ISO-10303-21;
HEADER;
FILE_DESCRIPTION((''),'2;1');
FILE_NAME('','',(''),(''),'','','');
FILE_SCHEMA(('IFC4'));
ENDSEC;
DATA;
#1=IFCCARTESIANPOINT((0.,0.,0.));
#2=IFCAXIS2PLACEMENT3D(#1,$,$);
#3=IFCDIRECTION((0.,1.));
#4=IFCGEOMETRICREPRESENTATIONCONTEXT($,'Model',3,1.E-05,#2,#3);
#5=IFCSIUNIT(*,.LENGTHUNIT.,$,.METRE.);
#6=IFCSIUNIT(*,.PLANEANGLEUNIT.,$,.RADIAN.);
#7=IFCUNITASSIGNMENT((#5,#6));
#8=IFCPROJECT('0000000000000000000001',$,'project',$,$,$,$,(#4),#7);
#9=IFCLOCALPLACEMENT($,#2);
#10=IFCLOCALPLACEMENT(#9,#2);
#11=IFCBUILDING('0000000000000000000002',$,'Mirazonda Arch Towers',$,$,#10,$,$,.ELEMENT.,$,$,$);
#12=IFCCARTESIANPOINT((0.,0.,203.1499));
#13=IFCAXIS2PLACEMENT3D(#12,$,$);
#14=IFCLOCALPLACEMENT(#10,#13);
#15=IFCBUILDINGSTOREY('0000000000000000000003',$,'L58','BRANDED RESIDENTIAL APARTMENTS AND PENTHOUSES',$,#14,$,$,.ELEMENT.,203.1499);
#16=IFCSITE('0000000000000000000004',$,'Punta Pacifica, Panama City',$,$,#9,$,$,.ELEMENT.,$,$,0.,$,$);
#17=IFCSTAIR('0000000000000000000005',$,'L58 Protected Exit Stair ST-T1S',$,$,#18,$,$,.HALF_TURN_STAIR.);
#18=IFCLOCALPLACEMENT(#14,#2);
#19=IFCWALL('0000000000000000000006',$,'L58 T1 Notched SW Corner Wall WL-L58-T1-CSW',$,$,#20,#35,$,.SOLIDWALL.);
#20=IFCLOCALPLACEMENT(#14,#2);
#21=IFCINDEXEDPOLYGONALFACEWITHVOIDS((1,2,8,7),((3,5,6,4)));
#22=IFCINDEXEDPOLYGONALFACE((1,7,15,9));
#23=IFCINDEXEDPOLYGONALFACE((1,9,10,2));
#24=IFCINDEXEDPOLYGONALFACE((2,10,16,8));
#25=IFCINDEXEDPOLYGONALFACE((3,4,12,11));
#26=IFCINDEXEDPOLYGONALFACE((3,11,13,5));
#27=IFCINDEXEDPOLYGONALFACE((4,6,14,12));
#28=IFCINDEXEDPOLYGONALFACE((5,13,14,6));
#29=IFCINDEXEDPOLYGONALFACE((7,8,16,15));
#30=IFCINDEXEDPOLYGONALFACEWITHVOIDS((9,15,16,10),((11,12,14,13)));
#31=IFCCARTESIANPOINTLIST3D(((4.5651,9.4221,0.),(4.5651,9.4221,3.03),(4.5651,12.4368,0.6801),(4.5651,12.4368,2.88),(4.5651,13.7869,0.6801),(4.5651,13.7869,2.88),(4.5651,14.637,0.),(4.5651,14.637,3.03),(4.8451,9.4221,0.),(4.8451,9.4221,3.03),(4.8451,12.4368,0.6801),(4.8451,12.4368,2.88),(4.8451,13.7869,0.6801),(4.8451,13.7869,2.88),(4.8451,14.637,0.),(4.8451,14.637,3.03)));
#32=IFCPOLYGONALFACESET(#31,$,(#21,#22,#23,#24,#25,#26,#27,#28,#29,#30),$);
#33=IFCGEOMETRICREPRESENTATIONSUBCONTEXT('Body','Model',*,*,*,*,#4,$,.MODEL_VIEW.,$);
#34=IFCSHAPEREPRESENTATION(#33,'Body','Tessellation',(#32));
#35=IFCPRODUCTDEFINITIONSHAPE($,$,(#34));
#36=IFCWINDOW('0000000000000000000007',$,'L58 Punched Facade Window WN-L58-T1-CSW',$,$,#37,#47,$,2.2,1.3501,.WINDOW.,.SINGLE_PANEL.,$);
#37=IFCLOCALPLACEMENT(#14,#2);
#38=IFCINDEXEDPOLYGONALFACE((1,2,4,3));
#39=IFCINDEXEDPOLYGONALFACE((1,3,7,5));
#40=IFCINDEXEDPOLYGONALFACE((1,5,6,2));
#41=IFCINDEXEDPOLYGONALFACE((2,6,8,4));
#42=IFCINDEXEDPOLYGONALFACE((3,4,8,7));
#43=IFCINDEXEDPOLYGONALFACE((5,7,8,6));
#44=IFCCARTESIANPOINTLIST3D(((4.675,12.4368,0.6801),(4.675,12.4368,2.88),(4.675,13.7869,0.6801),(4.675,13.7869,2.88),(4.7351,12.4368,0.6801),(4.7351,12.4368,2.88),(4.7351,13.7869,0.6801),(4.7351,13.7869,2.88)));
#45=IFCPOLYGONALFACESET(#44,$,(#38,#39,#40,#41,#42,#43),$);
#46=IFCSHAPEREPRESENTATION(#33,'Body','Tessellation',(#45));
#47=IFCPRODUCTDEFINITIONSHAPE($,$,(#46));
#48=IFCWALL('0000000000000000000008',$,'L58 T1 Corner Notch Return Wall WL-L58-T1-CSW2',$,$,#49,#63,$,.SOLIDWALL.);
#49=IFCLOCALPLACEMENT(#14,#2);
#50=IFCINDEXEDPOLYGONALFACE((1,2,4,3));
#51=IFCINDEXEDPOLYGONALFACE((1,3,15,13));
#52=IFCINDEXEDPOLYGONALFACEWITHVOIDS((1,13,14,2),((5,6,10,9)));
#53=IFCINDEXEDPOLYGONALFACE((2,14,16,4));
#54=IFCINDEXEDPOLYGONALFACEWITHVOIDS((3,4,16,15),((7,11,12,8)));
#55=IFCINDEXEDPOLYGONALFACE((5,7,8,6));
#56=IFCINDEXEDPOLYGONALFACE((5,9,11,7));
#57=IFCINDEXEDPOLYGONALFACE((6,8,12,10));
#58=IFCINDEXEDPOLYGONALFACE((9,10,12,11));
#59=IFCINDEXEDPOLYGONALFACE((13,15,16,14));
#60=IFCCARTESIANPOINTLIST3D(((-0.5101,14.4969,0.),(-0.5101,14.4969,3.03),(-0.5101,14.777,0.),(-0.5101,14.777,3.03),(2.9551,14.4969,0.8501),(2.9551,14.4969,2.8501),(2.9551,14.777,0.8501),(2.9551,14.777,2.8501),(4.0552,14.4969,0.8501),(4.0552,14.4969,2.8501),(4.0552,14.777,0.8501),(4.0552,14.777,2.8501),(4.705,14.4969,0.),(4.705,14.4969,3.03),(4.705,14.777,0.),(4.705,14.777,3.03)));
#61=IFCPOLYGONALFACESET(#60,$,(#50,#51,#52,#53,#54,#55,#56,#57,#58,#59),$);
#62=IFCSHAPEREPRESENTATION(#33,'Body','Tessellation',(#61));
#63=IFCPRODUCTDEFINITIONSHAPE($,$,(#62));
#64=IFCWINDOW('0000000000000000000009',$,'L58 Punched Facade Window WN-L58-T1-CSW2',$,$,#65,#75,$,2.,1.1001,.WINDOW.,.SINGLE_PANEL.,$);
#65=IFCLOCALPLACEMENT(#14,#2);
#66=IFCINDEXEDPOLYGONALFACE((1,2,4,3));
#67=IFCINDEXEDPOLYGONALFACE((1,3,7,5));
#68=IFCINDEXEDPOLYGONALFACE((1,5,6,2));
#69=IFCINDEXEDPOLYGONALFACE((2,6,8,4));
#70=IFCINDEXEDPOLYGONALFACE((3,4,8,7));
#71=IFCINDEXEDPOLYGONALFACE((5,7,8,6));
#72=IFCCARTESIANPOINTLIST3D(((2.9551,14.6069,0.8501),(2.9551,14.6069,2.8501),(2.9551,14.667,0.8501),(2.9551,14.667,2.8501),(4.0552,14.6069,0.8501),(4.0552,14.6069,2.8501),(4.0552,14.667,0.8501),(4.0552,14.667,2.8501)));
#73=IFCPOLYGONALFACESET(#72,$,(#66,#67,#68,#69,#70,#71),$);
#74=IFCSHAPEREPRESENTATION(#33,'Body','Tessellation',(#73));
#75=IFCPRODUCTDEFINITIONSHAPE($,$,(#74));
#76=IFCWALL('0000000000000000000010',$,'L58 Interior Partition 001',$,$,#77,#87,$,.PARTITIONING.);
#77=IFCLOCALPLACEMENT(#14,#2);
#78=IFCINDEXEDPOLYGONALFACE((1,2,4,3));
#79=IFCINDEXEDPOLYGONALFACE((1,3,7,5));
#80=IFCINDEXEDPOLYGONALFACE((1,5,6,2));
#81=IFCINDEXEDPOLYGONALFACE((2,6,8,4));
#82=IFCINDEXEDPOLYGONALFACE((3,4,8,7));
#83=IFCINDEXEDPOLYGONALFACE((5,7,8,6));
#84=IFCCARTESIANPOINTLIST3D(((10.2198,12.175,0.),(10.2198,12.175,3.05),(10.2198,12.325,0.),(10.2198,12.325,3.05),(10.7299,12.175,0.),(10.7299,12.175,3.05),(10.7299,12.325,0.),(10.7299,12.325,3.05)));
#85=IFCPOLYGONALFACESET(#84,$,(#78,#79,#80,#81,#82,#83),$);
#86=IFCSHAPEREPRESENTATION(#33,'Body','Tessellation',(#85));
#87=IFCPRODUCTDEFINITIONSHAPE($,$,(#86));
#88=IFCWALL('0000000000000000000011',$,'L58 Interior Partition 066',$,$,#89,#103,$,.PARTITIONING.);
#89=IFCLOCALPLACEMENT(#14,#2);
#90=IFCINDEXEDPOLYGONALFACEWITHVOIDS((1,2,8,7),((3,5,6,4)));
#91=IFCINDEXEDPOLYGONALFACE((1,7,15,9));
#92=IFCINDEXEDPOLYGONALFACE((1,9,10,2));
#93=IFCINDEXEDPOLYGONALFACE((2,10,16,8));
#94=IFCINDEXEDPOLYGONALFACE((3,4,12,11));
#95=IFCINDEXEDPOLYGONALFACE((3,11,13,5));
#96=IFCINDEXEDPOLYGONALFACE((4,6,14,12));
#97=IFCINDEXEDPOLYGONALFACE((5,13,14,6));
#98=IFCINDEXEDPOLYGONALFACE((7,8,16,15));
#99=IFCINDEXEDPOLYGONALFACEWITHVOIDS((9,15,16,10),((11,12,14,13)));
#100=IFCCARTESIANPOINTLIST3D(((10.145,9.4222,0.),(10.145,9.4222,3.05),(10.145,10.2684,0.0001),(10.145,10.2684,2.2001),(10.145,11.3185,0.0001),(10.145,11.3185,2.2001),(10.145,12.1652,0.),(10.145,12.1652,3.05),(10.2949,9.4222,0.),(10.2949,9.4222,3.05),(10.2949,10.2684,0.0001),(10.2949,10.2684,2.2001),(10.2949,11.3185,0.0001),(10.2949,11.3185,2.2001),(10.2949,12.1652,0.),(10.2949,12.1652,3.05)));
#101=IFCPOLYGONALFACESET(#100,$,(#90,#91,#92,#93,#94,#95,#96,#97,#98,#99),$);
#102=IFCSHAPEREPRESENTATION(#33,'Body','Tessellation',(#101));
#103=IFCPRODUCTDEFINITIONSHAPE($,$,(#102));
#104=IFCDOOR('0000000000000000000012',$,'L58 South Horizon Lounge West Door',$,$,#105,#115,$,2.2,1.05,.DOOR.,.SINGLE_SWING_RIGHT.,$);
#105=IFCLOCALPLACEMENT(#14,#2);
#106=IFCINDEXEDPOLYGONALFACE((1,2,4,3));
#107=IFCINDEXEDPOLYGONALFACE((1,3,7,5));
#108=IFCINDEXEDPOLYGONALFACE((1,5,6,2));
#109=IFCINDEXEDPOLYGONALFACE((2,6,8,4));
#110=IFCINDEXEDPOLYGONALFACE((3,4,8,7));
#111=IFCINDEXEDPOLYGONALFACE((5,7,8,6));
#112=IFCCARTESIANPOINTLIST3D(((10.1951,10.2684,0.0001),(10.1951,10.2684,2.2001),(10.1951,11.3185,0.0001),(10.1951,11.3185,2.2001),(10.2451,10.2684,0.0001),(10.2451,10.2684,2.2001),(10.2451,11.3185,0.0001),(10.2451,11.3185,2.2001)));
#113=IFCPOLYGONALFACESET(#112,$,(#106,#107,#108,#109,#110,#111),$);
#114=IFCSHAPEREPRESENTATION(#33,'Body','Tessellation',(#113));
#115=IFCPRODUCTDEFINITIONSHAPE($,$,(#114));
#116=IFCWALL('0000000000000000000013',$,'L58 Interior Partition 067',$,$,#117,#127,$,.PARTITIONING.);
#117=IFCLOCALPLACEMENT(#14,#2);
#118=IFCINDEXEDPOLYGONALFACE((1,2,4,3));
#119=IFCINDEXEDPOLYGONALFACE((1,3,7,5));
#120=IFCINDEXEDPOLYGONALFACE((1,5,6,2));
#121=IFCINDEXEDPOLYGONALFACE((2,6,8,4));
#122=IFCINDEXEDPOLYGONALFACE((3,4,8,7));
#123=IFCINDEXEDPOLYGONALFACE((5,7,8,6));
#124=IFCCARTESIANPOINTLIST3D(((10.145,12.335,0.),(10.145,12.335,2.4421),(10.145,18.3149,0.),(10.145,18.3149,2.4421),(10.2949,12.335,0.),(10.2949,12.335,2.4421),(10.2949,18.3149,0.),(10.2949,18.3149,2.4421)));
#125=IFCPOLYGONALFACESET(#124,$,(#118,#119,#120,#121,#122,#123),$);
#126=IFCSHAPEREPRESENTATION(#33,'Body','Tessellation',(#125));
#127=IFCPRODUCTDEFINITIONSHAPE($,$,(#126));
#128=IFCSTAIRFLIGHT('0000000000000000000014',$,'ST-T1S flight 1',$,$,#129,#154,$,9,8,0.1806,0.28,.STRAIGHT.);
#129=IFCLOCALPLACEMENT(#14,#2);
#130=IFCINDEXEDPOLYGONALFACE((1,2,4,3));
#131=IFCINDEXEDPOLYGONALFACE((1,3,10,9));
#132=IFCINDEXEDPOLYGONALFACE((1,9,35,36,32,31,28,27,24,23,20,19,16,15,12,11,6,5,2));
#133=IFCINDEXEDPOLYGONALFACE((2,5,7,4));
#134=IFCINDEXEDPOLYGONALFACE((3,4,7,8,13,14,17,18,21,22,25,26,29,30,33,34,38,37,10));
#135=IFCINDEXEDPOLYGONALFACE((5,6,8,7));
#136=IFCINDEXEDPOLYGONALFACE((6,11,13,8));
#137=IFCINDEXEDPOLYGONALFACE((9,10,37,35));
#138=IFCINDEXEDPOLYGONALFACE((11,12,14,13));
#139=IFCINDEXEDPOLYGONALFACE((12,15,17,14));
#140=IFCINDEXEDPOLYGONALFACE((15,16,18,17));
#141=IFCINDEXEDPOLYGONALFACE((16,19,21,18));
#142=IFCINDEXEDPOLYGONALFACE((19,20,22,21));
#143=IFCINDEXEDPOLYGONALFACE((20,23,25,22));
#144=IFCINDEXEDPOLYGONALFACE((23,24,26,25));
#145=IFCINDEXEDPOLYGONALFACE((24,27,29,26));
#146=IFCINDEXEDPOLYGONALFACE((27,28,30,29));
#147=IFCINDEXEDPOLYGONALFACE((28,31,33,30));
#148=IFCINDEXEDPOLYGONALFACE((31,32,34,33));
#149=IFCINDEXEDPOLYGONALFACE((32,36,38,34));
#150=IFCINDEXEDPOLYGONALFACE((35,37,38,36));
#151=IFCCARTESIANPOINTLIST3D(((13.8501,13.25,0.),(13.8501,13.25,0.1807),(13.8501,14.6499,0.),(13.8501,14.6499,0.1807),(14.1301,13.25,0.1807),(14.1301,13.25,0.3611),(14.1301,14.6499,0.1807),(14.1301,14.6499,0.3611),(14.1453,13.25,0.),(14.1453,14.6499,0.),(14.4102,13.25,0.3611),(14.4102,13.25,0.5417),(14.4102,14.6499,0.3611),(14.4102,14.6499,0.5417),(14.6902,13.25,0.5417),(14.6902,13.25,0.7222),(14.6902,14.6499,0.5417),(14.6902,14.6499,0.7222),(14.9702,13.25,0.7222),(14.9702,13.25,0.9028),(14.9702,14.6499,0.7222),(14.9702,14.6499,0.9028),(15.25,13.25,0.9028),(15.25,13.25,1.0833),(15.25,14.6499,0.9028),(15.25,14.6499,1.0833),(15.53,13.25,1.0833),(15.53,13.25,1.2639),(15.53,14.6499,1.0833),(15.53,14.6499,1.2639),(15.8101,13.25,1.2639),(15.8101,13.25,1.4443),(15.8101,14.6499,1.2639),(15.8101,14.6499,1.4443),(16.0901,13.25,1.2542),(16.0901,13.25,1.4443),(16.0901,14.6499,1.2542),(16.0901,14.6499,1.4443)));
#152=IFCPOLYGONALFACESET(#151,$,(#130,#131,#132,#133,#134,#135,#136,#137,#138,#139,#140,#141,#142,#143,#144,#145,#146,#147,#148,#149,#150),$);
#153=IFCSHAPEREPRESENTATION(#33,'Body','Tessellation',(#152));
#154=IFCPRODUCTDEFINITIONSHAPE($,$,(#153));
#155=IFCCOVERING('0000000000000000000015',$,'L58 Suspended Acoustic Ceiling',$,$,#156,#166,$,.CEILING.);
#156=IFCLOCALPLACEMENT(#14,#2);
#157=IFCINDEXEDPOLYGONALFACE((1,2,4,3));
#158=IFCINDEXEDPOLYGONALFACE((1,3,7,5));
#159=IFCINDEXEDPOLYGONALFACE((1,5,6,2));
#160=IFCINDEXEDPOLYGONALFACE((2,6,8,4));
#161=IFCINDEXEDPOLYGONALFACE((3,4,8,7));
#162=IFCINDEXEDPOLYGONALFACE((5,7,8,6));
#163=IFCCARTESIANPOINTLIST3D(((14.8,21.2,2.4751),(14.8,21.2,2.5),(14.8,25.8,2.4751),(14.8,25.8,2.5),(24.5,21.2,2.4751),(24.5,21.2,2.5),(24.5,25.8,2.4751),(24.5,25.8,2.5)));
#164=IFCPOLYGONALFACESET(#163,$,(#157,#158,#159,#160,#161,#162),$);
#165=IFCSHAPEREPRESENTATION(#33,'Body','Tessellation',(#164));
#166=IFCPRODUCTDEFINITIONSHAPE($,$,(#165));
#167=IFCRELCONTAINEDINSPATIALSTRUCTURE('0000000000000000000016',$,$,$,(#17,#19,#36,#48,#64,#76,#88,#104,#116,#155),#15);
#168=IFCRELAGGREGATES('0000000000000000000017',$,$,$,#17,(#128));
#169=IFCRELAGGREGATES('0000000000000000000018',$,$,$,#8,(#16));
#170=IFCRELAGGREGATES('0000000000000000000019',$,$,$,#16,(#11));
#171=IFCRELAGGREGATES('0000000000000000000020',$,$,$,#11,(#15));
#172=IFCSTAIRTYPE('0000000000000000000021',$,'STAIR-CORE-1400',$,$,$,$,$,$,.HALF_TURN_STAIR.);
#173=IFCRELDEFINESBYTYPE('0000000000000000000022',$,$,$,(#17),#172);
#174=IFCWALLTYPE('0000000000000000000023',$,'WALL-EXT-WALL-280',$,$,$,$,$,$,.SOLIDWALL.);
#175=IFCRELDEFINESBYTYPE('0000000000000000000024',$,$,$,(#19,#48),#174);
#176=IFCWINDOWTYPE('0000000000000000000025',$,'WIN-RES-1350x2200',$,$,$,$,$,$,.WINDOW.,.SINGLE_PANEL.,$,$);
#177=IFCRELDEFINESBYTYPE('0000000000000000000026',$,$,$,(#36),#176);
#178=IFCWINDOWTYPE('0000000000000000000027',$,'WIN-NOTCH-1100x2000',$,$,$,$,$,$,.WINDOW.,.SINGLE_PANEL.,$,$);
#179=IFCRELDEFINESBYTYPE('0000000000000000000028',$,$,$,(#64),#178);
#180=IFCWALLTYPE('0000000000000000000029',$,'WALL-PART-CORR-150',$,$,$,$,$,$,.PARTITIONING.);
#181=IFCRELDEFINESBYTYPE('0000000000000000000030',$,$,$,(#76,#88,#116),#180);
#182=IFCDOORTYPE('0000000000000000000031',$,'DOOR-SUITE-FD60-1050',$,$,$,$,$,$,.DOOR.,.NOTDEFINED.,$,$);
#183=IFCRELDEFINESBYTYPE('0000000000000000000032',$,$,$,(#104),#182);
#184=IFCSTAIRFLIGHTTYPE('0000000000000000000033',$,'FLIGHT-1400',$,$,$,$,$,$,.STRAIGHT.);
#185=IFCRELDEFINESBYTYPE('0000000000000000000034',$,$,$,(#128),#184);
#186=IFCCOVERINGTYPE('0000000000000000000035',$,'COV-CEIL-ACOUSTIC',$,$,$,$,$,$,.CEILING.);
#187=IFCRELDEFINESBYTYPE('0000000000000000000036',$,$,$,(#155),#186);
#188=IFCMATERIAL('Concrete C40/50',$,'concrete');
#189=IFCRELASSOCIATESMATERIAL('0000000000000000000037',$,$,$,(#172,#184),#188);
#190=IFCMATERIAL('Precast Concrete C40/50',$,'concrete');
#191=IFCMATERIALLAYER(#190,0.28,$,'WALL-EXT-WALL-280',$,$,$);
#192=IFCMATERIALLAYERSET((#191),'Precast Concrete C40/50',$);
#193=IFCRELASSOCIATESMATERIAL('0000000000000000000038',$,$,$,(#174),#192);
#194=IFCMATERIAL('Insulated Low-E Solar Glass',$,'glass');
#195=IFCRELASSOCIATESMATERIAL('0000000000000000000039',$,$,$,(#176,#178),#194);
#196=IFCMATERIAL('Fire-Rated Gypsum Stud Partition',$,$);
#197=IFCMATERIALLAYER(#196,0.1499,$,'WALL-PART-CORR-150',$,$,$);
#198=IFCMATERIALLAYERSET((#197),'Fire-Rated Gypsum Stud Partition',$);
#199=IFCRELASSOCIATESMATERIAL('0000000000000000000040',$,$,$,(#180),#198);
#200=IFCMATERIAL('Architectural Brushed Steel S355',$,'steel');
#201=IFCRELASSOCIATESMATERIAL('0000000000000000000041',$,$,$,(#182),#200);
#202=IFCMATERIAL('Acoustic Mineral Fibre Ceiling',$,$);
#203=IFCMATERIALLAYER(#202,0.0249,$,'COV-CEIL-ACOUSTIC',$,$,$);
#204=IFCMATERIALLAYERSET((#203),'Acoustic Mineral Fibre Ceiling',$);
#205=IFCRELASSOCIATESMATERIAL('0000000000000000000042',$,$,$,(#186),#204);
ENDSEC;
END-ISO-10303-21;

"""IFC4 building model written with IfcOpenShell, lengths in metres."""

from ifc_helpers import new_model, si_unit, direction, frame, frame_2d, origin, place, context, subcontext, project, spatial, polyline, rectangle, outline, extrude, material, layer, layer_set, type_object, element, fill, aggregate, save


model = new_model("IFC4")

# Units and contexts
model_context = context("Model", 3, precision=1e-05, world=origin(), true_north=direction((0.0, 1.0)))
body_context = subcontext(model_context, "Body", "Model", "MODEL_VIEW")
ifc_project = project(units=[si_unit("LENGTHUNIT", "METRE"), si_unit("PLANEANGLEUNIT", "RADIAN")], contexts=[model_context])

# Site, building, storey
site_placement = place(None, origin())
site = spatial("IfcSite", under=ifc_project, at=site_placement, Name="Punta Pacifica, Panama City", CompositionType="ELEMENT", RefElevation=0.0)
building_placement = place(site_placement, origin())
building = spatial("IfcBuilding", under=site, at=building_placement, Name="Mirazonda Arch Towers", CompositionType="ELEMENT")
storey_placement = place(building_placement, frame((0.0, 0.0, 203.1499)))
storey = spatial("IfcBuildingStorey", under=building, at=storey_placement, Name="L58", Description="BRANDED RESIDENTIAL APARTMENTS AND PENTHOUSES", CompositionType="ELEMENT", Elevation=203.1499)

# Shared definitions
ifc_material_1 = material(Name="Insulated Low-E Solar Glass", Category="glass")

# Stair
ifc_material_2 = material(Name="Concrete C40/50", Category="concrete")
stair_type = type_object("IfcStairType", Name="STAIR-CORE-1400", PredefinedType="HALF_TURN_STAIR", material=ifc_material_2)
stair_1_placement = place(storey_placement, origin())
stair_1 = element("IfcStair", 1, at=stair_1_placement, inside=storey, type_object=stair_type, Name="L58 Protected Exit Stair ST-T1S", PredefinedType="HALF_TURN_STAIR")

# Walls, openings, windows
ifc_material_3 = material(Name="Precast Concrete C40/50", Category="concrete")
ifc_layer_1 = layer(ifc_material_3, 0.28, Name="WALL-EXT-WALL-280")
ifc_layer_set_1 = layer_set([ifc_layer_1], Name="Precast Concrete C40/50")
wall_type_1 = type_object("IfcWallType", Name="WALL-EXT-WALL-280", PredefinedType="SOLIDWALL", material=ifc_layer_set_1)
wall_1_placement = place(storey_placement, frame((4.7051, 14.637, 0.0), z_axis=(0.0, 0.0, 1.0), x_axis=(0.0, -1.0, 0.0)))
wall_1 = element("IfcWall", 2, at=wall_1_placement, inside=storey, type_object=wall_type_1, Name="L58 T1 Notched SW Corner Wall WL-L58-T1-CSW", PredefinedType="SOLIDWALL", context=body_context, shape_type="SweptSolid", body=[
    extrude(rectangle(XDim=5.2148, YDim=0.28, at=frame_2d((2.6074, 0.0))), origin(), (0.0, 0.0, 1.0), 3.03),
])
opening_1_placement = place(wall_1_placement, frame((0.8501, 0.0, 0.6799)))
opening_1 = element("IfcOpeningElement", 3, at=opening_1_placement, cuts=wall_1, PredefinedType="OPENING", context=body_context, shape_type="SweptSolid", body=[
    extrude(rectangle(XDim=1.3501, YDim=2.2, at=frame_2d((0.675, 1.1001))), frame((0.0, 0.1499, 0.0), z_axis=(0.0, -1.0, 0.0), x_axis=(1.0, 0.0, 0.0)), (0.0, 0.0, 1.0), 0.3),
])
window_type_1 = type_object("IfcWindowType", Name="WIN-RES-1350x2200", PartitioningType="SINGLE_PANEL", PredefinedType="WINDOW", material=ifc_material_1)
window_1_placement = place(opening_1_placement, origin())
window_1 = element("IfcWindow", 4, at=window_1_placement, inside=storey, type_object=window_type_1, Name="L58 Punched Facade Window WN-L58-T1-CSW", OverallHeight=2.2, OverallWidth=1.3501, PartitioningType="SINGLE_PANEL", PredefinedType="WINDOW", context=body_context, shape_type="SweptSolid", body=[
    extrude(rectangle(XDim=1.3501, YDim=2.2, at=frame_2d((0.675, 1.1001))), frame((0.0, 0.03, 0.0), z_axis=(0.0, -1.0, 0.0), x_axis=(1.0, 0.0, 0.0)), (0.0, 0.0, 1.0), 0.0601),
])
fill(opening_1, window_1)
wall_2_placement = place(storey_placement, frame((-0.51, 14.637, 0.0), z_axis=(0.0, 0.0, 1.0), x_axis=(1.0, 0.0, 0.0)))
wall_2 = element("IfcWall", 5, at=wall_2_placement, inside=storey, type_object=wall_type_1, Name="L58 T1 Corner Notch Return Wall WL-L58-T1-CSW2", PredefinedType="SOLIDWALL", context=body_context, shape_type="SweptSolid", body=[
    extrude(rectangle(XDim=5.2151, YDim=0.28, at=frame_2d((2.6074, 0.0))), origin(), (0.0, 0.0, 1.0), 3.03),
])
opening_2_placement = place(wall_2_placement, frame((3.4651, 0.0, 0.8501)))
opening_2 = element("IfcOpeningElement", 6, at=opening_2_placement, cuts=wall_2, PredefinedType="OPENING", context=body_context, shape_type="SweptSolid", body=[
    extrude(rectangle(XDim=1.1001, YDim=2.0, at=frame_2d((0.55, 1.0))), frame((0.0, 0.1499, 0.0), z_axis=(0.0, -1.0, 0.0), x_axis=(1.0, 0.0, 0.0)), (0.0, 0.0, 1.0), 0.3),
])
window_type_2 = type_object("IfcWindowType", Name="WIN-NOTCH-1100x2000", PartitioningType="SINGLE_PANEL", PredefinedType="WINDOW", material=ifc_material_1)
window_2_placement = place(opening_2_placement, origin())
window_2 = element("IfcWindow", 7, at=window_2_placement, inside=storey, type_object=window_type_2, Name="L58 Punched Facade Window WN-L58-T1-CSW2", OverallHeight=2.0, OverallWidth=1.1001, PartitioningType="SINGLE_PANEL", PredefinedType="WINDOW", context=body_context, shape_type="SweptSolid", body=[
    extrude(rectangle(XDim=1.1001, YDim=2.0, at=frame_2d((0.55, 1.0))), frame((0.0, 0.03, 0.0), z_axis=(0.0, -1.0, 0.0), x_axis=(1.0, 0.0, 0.0)), (0.0, 0.0, 1.0), 0.0601),
])
fill(opening_2, window_2)

# Wall
ifc_material_4 = material(Name="Fire-Rated Gypsum Stud Partition")
ifc_layer_2 = layer(ifc_material_4, 0.1499, Name="WALL-PART-CORR-150")
ifc_layer_set_2 = layer_set([ifc_layer_2], Name="Fire-Rated Gypsum Stud Partition")
wall_type_2 = type_object("IfcWallType", Name="WALL-PART-CORR-150", PredefinedType="PARTITIONING", material=ifc_layer_set_2)
wall_3_placement = place(storey_placement, frame((10.22, 12.25, 0.0), z_axis=(0.0, 0.0, 1.0), x_axis=(1.0, 0.0, 0.0)))
element("IfcWall", 8, at=wall_3_placement, inside=storey, type_object=wall_type_2, Name="L58 Interior Partition 001", PredefinedType="PARTITIONING", context=body_context, shape_type="SweptSolid", body=[
    extrude(rectangle(XDim=0.51, YDim=0.1499, at=frame_2d((0.2549, 0.0))), origin(), (0.0, 0.0, 1.0), 3.05),
])

# Wall, opening, door
wall_4_placement = place(storey_placement, frame((10.22, 9.4221, 0.0), z_axis=(0.0, 0.0, 1.0), x_axis=(0.0, 1.0, 0.0)))
wall_4 = element("IfcWall", 9, at=wall_4_placement, inside=storey, type_object=wall_type_2, Name="L58 Interior Partition 066", PredefinedType="PARTITIONING", context=body_context, shape_type="SweptSolid", body=[
    extrude(rectangle(XDim=2.7429, YDim=0.1499, at=frame_2d((1.3716, 0.0))), origin(), (0.0, 0.0, 1.0), 3.05),
])
opening_3_placement = place(wall_4_placement, frame((0.8464, 0.0, 0.0)))
opening_3 = element("IfcOpeningElement", 10, at=opening_3_placement, cuts=wall_4, PredefinedType="OPENING", context=body_context, shape_type="SweptSolid", body=[
    extrude(rectangle(XDim=1.05, YDim=2.2, at=frame_2d((0.5249, 1.1001))), frame((0.0, 0.085, 0.0), z_axis=(0.0, -1.0, 0.0), x_axis=(1.0, 0.0, 0.0)), (0.0, 0.0, 1.0), 0.1699),
])
ifc_material_5 = material(Name="Architectural Brushed Steel S355", Category="steel")
door_type_1 = type_object("IfcDoorType", Name="DOOR-SUITE-FD60-1050", OperationType="NOTDEFINED", PredefinedType="DOOR", material=ifc_material_5)
door_1_placement = place(opening_3_placement, origin())
door_1 = element("IfcDoor", 11, at=door_1_placement, inside=storey, type_object=door_type_1, Name="L58 South Horizon Lounge West Door", OperationType="SINGLE_SWING_RIGHT", OverallHeight=2.2, OverallWidth=1.05, PredefinedType="DOOR", context=body_context, shape_type="SweptSolid", body=[
    extrude(rectangle(XDim=1.05, YDim=2.2, at=frame_2d((0.5249, 1.1001))), frame((0.0, 0.0249, 0.0), z_axis=(0.0, -1.0, 0.0), x_axis=(1.0, 0.0, 0.0)), (0.0, 0.0, 1.0), 0.05),
])
fill(opening_3, door_1)

# Wall
wall_5_placement = place(storey_placement, frame((10.22, 12.335, 0.0), z_axis=(0.0, 0.0, 1.0), x_axis=(0.0, 1.0, 0.0)))
element("IfcWall", 12, at=wall_5_placement, inside=storey, type_object=wall_type_2, Name="L58 Interior Partition 067", PredefinedType="PARTITIONING", context=body_context, shape_type="SweptSolid", body=[
    extrude(rectangle(XDim=5.98, YDim=0.1499, at=frame_2d((2.99, 0.0))), origin(), (0.0, 0.0, 1.0), 2.4421),
])

# Stair flight
stair_flight_type = type_object("IfcStairFlightType", Name="FLIGHT-1400", PredefinedType="STRAIGHT", material=ifc_material_2)
stair_flight_placement = place(storey_placement, frame((13.8501, 13.95, 0.0), z_axis=(0.0, 0.0, 1.0), x_axis=(1.0, 0.0, 0.0)))
stair_flight = element("IfcStairFlight", 13, at=stair_flight_placement, type_object=stair_flight_type, Name="ST-T1S flight 1", NumberOfRisers=9, NumberOfTreads=8, PredefinedType="STRAIGHT", RiserHeight=0.1806, TreadLength=0.28, context=body_context, shape_type="SweptSolid", body=[
    extrude(outline(polyline([(0.0, 0.0), (0.0, 0.1807), (0.28, 0.1807), (0.28, 0.3611), (0.5601, 0.3611), (0.5601, 0.5417), (0.8401, 0.5417), (0.8401, 0.7222), (1.1201, 0.7222), (1.1201, 0.9028), (1.3999, 0.9028), (1.3999, 1.0833), (1.6799, 1.0833), (1.6799, 1.2639), (1.96, 1.2639), (1.96, 1.4443), (2.24, 1.4443), (2.24, 1.625), (2.24, 1.2542), (0.2952, 0.0), (0.0, 0.0)])), frame((0.0, 0.7, 0.0), z_axis=(0.0, -1.0, 0.0), x_axis=(1.0, 0.0, 0.0)), (0.0, 0.0, 1.0), 1.3999),
])
aggregate(stair_1, [stair_flight])

# Covering
ifc_material_6 = material(Name="Acoustic Mineral Fibre Ceiling")
ifc_layer_3 = layer(ifc_material_6, 0.0249, Name="COV-CEIL-ACOUSTIC")
ifc_layer_set_3 = layer_set([ifc_layer_3], Name="Acoustic Mineral Fibre Ceiling")
covering_type_1 = type_object("IfcCoveringType", Name="COV-CEIL-ACOUSTIC", PredefinedType="CEILING", material=ifc_layer_set_3)
covering_1_placement = place(storey_placement, frame((0.0, 0.0, 2.4751)))
element("IfcCovering", 14, at=covering_1_placement, inside=storey, type_object=covering_type_1, Name="L58 Suspended Acoustic Ceiling", PredefinedType="CEILING", context=body_context, shape_type="SweptSolid", body=[
    extrude(outline(polyline([(14.8, 21.2), (24.5, 21.2), (24.5, 25.8), (14.8, 25.8), (14.8, 21.2)])), origin(), (0.0, 0.0, 1.0), 0.0249),
])

save(model, "model.ifc")
